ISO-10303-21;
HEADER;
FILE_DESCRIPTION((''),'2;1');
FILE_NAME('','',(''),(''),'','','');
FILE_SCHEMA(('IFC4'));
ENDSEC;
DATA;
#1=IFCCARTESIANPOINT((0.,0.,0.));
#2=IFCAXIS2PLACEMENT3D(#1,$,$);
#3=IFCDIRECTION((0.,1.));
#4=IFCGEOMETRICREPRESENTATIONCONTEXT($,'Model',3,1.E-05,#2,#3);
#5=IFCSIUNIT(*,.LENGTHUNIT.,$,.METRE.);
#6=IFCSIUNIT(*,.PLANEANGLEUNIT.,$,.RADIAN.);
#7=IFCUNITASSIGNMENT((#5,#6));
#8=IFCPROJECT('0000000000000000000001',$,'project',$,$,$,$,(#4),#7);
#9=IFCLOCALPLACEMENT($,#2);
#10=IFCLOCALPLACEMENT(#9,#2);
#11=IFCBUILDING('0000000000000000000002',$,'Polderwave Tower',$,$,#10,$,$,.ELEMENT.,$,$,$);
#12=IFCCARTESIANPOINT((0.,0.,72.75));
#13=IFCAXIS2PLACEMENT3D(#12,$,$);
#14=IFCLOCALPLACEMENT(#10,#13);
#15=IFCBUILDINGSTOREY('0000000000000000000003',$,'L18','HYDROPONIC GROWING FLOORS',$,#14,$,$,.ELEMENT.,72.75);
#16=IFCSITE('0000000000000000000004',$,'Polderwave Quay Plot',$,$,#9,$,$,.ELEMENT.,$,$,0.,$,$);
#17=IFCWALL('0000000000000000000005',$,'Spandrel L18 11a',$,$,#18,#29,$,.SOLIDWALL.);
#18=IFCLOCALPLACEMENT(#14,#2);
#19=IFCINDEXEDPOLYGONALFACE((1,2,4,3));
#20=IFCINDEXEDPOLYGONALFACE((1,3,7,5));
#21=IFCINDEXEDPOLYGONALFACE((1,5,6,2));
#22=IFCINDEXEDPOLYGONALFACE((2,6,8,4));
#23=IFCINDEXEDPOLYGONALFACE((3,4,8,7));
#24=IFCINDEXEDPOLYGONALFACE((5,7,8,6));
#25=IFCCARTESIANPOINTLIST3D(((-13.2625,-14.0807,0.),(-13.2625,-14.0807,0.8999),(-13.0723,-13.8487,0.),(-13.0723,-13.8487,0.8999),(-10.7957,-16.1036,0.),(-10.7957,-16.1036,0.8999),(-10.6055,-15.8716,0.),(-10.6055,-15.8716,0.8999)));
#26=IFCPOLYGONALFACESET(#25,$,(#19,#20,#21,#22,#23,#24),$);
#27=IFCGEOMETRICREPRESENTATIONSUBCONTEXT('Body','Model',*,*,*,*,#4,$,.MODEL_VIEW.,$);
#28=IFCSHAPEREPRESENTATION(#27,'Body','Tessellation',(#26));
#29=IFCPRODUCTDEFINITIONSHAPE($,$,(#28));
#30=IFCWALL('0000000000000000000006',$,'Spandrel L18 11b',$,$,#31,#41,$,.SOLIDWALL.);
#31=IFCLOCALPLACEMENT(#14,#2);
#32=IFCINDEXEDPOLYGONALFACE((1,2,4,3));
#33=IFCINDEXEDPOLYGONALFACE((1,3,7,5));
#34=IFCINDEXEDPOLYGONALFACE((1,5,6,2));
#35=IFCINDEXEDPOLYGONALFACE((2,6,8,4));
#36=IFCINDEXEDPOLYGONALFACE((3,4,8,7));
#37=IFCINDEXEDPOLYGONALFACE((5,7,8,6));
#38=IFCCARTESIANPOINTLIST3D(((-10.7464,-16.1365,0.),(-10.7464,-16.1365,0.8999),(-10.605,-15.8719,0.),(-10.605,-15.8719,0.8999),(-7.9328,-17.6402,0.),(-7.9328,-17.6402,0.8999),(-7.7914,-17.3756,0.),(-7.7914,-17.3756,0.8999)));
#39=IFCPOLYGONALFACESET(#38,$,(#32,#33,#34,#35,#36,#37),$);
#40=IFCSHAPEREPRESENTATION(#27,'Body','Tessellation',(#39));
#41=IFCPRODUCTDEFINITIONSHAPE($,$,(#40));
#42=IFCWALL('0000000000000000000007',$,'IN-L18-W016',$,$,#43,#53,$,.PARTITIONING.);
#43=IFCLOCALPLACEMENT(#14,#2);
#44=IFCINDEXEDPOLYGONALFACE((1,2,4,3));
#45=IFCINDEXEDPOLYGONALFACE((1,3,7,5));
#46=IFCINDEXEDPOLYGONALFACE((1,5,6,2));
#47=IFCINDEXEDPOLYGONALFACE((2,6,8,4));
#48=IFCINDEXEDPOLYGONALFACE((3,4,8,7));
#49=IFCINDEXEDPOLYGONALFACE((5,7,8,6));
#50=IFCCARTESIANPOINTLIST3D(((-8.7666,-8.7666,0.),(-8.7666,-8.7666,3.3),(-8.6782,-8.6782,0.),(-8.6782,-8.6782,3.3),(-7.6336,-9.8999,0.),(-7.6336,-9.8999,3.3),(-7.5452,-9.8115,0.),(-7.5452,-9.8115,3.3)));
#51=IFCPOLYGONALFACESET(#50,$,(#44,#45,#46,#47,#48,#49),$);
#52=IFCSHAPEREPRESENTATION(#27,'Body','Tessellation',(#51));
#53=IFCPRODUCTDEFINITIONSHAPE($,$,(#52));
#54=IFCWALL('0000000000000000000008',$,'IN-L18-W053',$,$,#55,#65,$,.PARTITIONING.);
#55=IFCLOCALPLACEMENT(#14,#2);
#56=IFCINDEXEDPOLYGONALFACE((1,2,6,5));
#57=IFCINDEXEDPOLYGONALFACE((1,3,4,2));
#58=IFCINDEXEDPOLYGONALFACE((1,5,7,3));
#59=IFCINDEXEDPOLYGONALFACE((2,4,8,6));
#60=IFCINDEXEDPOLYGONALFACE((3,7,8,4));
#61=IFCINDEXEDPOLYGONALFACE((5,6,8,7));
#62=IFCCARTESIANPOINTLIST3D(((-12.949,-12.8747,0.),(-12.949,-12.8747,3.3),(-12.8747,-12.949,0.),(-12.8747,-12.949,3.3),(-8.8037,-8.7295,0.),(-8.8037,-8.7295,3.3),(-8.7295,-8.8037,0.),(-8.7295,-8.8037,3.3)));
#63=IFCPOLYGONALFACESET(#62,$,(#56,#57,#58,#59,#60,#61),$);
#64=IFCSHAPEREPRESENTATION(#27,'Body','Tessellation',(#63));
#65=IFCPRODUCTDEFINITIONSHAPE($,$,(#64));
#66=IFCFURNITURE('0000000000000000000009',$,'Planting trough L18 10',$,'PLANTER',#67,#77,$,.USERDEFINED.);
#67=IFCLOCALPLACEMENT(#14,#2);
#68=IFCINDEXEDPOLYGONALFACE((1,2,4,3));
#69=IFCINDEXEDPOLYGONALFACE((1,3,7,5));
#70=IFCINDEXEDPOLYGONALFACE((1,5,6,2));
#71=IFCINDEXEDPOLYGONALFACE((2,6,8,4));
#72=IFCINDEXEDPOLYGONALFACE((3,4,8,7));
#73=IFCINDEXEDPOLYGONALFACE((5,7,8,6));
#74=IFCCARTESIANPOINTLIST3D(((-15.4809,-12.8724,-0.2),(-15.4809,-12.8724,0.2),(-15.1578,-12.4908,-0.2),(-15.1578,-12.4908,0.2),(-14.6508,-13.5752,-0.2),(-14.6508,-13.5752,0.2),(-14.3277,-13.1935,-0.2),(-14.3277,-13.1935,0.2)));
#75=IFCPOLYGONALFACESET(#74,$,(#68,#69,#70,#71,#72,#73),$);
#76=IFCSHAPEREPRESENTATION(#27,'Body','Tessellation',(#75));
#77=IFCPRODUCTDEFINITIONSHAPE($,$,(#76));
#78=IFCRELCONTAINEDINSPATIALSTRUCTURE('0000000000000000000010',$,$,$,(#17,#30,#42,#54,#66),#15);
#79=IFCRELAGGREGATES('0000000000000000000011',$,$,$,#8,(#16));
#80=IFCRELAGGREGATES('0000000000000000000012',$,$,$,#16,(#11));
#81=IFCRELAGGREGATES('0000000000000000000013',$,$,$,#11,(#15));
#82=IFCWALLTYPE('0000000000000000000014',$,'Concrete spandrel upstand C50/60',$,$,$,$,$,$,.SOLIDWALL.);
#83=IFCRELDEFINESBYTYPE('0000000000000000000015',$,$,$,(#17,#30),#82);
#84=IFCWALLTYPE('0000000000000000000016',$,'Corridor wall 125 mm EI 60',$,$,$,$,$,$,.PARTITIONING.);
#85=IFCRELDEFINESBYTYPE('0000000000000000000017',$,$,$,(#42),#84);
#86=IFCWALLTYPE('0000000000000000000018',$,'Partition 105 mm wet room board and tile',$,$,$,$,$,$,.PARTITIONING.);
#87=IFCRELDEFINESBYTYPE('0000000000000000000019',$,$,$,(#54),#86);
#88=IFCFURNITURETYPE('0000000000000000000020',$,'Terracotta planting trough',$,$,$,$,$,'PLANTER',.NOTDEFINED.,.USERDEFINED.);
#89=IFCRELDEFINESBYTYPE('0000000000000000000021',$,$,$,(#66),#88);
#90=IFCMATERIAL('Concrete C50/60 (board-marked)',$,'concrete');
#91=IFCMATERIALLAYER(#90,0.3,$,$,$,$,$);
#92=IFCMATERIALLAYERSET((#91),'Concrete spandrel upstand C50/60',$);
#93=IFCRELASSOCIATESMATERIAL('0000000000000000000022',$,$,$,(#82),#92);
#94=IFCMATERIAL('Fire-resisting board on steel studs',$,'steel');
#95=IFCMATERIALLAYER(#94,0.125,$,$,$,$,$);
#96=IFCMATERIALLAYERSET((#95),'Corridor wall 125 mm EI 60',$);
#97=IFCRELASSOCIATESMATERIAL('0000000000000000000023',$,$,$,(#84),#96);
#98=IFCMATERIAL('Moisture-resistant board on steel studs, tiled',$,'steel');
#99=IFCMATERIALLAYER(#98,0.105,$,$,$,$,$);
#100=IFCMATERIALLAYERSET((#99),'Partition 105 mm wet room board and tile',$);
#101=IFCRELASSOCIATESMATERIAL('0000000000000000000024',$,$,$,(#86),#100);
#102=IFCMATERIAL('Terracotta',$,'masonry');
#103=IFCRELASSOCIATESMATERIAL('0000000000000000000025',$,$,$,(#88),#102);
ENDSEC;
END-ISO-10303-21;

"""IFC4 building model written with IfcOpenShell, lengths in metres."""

from ifc_helpers import new_model, si_unit, direction, frame, frame_2d, origin, origin_2d, place, context, subcontext, project, spatial, rectangle, extrude, material, layer, layer_set, type_object, element, save


model = new_model("IFC4")

# Units and contexts
model_context = context("Model", 3, precision=1e-05, world=origin(), true_north=direction((0.0, 1.0)))
body_context = subcontext(model_context, "Body", "Model", "MODEL_VIEW")
ifc_project = project(units=[si_unit("LENGTHUNIT", "METRE"), si_unit("PLANEANGLEUNIT", "RADIAN")], contexts=[model_context])

# Site, building, storey
site_placement = place(None, origin())
site = spatial("IfcSite", under=ifc_project, at=site_placement, Name="Polderwave Quay Plot", CompositionType="ELEMENT", RefElevation=0.0)
building_placement = place(site_placement, origin())
building = spatial("IfcBuilding", under=site, at=building_placement, Name="Polderwave Tower", CompositionType="ELEMENT")
storey_placement = place(building_placement, frame((0.0, 0.0, 72.75)))
storey = spatial("IfcBuildingStorey", under=building, at=storey_placement, Name="L18", Description="HYDROPONIC GROWING FLOORS", CompositionType="ELEMENT", Elevation=72.75)

# Walls
ifc_material_1 = material(Name="Concrete C50/60 (board-marked)", Category="concrete")
ifc_layer_1 = layer(ifc_material_1, 0.3)
ifc_layer_set_1 = layer_set([ifc_layer_1], Name="Concrete spandrel upstand C50/60")
wall_type_1 = type_object("IfcWallType", Name="Concrete spandrel upstand C50/60", PredefinedType="SOLIDWALL", material=ifc_layer_set_1)
for number, where, z_axis, x_axis, name in (
    (1, (-13.1675, -13.9646, 0.0), (0.0, 0.0, 1.0), (0.773241, -0.634113, 0.0), "Spandrel L18 11a"),
    (2, (-10.6758, -16.0042, 0.0), (0.0, 0.0, 1.0), (0.881944, -0.471355, 0.0), "Spandrel L18 11b"),
):
    element("IfcWall", number, at=place(storey_placement, frame(where, z_axis=z_axis, x_axis=x_axis)), inside=storey, type_object=wall_type_1, Name=name, PredefinedType="SOLIDWALL", context=body_context, shape_type="SweptSolid", body=[
        extrude(rectangle(XDim=3.1902, YDim=0.3, at=frame_2d((1.5952, 0.0))), origin(), (0.0, 0.0, 1.0), 0.8999),
    ])
ifc_material_2 = material(Name="Fire-resisting board on steel studs", Category="steel")
ifc_layer_2 = layer(ifc_material_2, 0.125)
ifc_layer_set_2 = layer_set([ifc_layer_2], Name="Corridor wall 125 mm EI 60")
wall_type_2 = type_object("IfcWallType", Name="Corridor wall 125 mm EI 60", PredefinedType="PARTITIONING", material=ifc_layer_set_2)
wall_1_placement = place(storey_placement, frame((-7.5894, -9.8557, 0.0), z_axis=(0.0, 0.0, 1.0), x_axis=(-0.707031, 0.707183, 0.0)))
element("IfcWall", 3, at=wall_1_placement, inside=storey, type_object=wall_type_2, Name="IN-L18-W016", PredefinedType="PARTITIONING", context=body_context, shape_type="SweptSolid", body=[
    extrude(rectangle(XDim=1.6025, YDim=0.125, at=frame_2d((0.8013, 0.0))), origin(), (0.0, 0.0, 1.0), 3.3),
])
ifc_material_3 = material(Name="Moisture-resistant board on steel studs, tiled", Category="steel")
ifc_layer_3 = layer(ifc_material_3, 0.105)
ifc_layer_set_3 = layer_set([ifc_layer_3], Name="Partition 105 mm wet room board and tile")
wall_type_3 = type_object("IfcWallType", Name="Partition 105 mm wet room board and tile", PredefinedType="PARTITIONING", material=ifc_layer_set_3)
wall_2_placement = place(storey_placement, frame((-12.9119, -12.9119, 0.0), z_axis=(0.0, 0.0, 1.0), x_axis=(0.707107, 0.707107, 0.0)))
element("IfcWall", 4, at=wall_2_placement, inside=storey, type_object=wall_type_3, Name="IN-L18-W053", PredefinedType="PARTITIONING", context=body_context, shape_type="SweptSolid", body=[
    extrude(rectangle(XDim=5.8623, YDim=0.105, at=frame_2d((2.9312, 0.0))), origin(), (0.0, 0.0, 1.0), 3.3),
])

# Furniture
ifc_material_4 = material(Name="Terracotta", Category="masonry")
furniture_type = type_object("IfcFurnitureType", Name="Terracotta planting trough", ElementType="PLANTER", AssemblyPlace="NOTDEFINED", PredefinedType="USERDEFINED", material=ifc_material_4)
furniture_placement = place(storey_placement, frame((-14.9043, -13.033, -0.2), z_axis=(0.0, 0.0, 1.0), x_axis=(0.763211, -0.646149, 0.0)))
element("IfcFurniture", 5, at=furniture_placement, inside=storey, type_object=furniture_type, Name="Planting trough L18 10", ObjectType="PLANTER", PredefinedType="USERDEFINED", context=body_context, shape_type="SweptSolid", body=[
    extrude(rectangle(XDim=1.0876, YDim=0.5, at=origin_2d()), origin(), (0.0, 0.0, 1.0), 0.3999),
])

save(model, "model.ifc")
